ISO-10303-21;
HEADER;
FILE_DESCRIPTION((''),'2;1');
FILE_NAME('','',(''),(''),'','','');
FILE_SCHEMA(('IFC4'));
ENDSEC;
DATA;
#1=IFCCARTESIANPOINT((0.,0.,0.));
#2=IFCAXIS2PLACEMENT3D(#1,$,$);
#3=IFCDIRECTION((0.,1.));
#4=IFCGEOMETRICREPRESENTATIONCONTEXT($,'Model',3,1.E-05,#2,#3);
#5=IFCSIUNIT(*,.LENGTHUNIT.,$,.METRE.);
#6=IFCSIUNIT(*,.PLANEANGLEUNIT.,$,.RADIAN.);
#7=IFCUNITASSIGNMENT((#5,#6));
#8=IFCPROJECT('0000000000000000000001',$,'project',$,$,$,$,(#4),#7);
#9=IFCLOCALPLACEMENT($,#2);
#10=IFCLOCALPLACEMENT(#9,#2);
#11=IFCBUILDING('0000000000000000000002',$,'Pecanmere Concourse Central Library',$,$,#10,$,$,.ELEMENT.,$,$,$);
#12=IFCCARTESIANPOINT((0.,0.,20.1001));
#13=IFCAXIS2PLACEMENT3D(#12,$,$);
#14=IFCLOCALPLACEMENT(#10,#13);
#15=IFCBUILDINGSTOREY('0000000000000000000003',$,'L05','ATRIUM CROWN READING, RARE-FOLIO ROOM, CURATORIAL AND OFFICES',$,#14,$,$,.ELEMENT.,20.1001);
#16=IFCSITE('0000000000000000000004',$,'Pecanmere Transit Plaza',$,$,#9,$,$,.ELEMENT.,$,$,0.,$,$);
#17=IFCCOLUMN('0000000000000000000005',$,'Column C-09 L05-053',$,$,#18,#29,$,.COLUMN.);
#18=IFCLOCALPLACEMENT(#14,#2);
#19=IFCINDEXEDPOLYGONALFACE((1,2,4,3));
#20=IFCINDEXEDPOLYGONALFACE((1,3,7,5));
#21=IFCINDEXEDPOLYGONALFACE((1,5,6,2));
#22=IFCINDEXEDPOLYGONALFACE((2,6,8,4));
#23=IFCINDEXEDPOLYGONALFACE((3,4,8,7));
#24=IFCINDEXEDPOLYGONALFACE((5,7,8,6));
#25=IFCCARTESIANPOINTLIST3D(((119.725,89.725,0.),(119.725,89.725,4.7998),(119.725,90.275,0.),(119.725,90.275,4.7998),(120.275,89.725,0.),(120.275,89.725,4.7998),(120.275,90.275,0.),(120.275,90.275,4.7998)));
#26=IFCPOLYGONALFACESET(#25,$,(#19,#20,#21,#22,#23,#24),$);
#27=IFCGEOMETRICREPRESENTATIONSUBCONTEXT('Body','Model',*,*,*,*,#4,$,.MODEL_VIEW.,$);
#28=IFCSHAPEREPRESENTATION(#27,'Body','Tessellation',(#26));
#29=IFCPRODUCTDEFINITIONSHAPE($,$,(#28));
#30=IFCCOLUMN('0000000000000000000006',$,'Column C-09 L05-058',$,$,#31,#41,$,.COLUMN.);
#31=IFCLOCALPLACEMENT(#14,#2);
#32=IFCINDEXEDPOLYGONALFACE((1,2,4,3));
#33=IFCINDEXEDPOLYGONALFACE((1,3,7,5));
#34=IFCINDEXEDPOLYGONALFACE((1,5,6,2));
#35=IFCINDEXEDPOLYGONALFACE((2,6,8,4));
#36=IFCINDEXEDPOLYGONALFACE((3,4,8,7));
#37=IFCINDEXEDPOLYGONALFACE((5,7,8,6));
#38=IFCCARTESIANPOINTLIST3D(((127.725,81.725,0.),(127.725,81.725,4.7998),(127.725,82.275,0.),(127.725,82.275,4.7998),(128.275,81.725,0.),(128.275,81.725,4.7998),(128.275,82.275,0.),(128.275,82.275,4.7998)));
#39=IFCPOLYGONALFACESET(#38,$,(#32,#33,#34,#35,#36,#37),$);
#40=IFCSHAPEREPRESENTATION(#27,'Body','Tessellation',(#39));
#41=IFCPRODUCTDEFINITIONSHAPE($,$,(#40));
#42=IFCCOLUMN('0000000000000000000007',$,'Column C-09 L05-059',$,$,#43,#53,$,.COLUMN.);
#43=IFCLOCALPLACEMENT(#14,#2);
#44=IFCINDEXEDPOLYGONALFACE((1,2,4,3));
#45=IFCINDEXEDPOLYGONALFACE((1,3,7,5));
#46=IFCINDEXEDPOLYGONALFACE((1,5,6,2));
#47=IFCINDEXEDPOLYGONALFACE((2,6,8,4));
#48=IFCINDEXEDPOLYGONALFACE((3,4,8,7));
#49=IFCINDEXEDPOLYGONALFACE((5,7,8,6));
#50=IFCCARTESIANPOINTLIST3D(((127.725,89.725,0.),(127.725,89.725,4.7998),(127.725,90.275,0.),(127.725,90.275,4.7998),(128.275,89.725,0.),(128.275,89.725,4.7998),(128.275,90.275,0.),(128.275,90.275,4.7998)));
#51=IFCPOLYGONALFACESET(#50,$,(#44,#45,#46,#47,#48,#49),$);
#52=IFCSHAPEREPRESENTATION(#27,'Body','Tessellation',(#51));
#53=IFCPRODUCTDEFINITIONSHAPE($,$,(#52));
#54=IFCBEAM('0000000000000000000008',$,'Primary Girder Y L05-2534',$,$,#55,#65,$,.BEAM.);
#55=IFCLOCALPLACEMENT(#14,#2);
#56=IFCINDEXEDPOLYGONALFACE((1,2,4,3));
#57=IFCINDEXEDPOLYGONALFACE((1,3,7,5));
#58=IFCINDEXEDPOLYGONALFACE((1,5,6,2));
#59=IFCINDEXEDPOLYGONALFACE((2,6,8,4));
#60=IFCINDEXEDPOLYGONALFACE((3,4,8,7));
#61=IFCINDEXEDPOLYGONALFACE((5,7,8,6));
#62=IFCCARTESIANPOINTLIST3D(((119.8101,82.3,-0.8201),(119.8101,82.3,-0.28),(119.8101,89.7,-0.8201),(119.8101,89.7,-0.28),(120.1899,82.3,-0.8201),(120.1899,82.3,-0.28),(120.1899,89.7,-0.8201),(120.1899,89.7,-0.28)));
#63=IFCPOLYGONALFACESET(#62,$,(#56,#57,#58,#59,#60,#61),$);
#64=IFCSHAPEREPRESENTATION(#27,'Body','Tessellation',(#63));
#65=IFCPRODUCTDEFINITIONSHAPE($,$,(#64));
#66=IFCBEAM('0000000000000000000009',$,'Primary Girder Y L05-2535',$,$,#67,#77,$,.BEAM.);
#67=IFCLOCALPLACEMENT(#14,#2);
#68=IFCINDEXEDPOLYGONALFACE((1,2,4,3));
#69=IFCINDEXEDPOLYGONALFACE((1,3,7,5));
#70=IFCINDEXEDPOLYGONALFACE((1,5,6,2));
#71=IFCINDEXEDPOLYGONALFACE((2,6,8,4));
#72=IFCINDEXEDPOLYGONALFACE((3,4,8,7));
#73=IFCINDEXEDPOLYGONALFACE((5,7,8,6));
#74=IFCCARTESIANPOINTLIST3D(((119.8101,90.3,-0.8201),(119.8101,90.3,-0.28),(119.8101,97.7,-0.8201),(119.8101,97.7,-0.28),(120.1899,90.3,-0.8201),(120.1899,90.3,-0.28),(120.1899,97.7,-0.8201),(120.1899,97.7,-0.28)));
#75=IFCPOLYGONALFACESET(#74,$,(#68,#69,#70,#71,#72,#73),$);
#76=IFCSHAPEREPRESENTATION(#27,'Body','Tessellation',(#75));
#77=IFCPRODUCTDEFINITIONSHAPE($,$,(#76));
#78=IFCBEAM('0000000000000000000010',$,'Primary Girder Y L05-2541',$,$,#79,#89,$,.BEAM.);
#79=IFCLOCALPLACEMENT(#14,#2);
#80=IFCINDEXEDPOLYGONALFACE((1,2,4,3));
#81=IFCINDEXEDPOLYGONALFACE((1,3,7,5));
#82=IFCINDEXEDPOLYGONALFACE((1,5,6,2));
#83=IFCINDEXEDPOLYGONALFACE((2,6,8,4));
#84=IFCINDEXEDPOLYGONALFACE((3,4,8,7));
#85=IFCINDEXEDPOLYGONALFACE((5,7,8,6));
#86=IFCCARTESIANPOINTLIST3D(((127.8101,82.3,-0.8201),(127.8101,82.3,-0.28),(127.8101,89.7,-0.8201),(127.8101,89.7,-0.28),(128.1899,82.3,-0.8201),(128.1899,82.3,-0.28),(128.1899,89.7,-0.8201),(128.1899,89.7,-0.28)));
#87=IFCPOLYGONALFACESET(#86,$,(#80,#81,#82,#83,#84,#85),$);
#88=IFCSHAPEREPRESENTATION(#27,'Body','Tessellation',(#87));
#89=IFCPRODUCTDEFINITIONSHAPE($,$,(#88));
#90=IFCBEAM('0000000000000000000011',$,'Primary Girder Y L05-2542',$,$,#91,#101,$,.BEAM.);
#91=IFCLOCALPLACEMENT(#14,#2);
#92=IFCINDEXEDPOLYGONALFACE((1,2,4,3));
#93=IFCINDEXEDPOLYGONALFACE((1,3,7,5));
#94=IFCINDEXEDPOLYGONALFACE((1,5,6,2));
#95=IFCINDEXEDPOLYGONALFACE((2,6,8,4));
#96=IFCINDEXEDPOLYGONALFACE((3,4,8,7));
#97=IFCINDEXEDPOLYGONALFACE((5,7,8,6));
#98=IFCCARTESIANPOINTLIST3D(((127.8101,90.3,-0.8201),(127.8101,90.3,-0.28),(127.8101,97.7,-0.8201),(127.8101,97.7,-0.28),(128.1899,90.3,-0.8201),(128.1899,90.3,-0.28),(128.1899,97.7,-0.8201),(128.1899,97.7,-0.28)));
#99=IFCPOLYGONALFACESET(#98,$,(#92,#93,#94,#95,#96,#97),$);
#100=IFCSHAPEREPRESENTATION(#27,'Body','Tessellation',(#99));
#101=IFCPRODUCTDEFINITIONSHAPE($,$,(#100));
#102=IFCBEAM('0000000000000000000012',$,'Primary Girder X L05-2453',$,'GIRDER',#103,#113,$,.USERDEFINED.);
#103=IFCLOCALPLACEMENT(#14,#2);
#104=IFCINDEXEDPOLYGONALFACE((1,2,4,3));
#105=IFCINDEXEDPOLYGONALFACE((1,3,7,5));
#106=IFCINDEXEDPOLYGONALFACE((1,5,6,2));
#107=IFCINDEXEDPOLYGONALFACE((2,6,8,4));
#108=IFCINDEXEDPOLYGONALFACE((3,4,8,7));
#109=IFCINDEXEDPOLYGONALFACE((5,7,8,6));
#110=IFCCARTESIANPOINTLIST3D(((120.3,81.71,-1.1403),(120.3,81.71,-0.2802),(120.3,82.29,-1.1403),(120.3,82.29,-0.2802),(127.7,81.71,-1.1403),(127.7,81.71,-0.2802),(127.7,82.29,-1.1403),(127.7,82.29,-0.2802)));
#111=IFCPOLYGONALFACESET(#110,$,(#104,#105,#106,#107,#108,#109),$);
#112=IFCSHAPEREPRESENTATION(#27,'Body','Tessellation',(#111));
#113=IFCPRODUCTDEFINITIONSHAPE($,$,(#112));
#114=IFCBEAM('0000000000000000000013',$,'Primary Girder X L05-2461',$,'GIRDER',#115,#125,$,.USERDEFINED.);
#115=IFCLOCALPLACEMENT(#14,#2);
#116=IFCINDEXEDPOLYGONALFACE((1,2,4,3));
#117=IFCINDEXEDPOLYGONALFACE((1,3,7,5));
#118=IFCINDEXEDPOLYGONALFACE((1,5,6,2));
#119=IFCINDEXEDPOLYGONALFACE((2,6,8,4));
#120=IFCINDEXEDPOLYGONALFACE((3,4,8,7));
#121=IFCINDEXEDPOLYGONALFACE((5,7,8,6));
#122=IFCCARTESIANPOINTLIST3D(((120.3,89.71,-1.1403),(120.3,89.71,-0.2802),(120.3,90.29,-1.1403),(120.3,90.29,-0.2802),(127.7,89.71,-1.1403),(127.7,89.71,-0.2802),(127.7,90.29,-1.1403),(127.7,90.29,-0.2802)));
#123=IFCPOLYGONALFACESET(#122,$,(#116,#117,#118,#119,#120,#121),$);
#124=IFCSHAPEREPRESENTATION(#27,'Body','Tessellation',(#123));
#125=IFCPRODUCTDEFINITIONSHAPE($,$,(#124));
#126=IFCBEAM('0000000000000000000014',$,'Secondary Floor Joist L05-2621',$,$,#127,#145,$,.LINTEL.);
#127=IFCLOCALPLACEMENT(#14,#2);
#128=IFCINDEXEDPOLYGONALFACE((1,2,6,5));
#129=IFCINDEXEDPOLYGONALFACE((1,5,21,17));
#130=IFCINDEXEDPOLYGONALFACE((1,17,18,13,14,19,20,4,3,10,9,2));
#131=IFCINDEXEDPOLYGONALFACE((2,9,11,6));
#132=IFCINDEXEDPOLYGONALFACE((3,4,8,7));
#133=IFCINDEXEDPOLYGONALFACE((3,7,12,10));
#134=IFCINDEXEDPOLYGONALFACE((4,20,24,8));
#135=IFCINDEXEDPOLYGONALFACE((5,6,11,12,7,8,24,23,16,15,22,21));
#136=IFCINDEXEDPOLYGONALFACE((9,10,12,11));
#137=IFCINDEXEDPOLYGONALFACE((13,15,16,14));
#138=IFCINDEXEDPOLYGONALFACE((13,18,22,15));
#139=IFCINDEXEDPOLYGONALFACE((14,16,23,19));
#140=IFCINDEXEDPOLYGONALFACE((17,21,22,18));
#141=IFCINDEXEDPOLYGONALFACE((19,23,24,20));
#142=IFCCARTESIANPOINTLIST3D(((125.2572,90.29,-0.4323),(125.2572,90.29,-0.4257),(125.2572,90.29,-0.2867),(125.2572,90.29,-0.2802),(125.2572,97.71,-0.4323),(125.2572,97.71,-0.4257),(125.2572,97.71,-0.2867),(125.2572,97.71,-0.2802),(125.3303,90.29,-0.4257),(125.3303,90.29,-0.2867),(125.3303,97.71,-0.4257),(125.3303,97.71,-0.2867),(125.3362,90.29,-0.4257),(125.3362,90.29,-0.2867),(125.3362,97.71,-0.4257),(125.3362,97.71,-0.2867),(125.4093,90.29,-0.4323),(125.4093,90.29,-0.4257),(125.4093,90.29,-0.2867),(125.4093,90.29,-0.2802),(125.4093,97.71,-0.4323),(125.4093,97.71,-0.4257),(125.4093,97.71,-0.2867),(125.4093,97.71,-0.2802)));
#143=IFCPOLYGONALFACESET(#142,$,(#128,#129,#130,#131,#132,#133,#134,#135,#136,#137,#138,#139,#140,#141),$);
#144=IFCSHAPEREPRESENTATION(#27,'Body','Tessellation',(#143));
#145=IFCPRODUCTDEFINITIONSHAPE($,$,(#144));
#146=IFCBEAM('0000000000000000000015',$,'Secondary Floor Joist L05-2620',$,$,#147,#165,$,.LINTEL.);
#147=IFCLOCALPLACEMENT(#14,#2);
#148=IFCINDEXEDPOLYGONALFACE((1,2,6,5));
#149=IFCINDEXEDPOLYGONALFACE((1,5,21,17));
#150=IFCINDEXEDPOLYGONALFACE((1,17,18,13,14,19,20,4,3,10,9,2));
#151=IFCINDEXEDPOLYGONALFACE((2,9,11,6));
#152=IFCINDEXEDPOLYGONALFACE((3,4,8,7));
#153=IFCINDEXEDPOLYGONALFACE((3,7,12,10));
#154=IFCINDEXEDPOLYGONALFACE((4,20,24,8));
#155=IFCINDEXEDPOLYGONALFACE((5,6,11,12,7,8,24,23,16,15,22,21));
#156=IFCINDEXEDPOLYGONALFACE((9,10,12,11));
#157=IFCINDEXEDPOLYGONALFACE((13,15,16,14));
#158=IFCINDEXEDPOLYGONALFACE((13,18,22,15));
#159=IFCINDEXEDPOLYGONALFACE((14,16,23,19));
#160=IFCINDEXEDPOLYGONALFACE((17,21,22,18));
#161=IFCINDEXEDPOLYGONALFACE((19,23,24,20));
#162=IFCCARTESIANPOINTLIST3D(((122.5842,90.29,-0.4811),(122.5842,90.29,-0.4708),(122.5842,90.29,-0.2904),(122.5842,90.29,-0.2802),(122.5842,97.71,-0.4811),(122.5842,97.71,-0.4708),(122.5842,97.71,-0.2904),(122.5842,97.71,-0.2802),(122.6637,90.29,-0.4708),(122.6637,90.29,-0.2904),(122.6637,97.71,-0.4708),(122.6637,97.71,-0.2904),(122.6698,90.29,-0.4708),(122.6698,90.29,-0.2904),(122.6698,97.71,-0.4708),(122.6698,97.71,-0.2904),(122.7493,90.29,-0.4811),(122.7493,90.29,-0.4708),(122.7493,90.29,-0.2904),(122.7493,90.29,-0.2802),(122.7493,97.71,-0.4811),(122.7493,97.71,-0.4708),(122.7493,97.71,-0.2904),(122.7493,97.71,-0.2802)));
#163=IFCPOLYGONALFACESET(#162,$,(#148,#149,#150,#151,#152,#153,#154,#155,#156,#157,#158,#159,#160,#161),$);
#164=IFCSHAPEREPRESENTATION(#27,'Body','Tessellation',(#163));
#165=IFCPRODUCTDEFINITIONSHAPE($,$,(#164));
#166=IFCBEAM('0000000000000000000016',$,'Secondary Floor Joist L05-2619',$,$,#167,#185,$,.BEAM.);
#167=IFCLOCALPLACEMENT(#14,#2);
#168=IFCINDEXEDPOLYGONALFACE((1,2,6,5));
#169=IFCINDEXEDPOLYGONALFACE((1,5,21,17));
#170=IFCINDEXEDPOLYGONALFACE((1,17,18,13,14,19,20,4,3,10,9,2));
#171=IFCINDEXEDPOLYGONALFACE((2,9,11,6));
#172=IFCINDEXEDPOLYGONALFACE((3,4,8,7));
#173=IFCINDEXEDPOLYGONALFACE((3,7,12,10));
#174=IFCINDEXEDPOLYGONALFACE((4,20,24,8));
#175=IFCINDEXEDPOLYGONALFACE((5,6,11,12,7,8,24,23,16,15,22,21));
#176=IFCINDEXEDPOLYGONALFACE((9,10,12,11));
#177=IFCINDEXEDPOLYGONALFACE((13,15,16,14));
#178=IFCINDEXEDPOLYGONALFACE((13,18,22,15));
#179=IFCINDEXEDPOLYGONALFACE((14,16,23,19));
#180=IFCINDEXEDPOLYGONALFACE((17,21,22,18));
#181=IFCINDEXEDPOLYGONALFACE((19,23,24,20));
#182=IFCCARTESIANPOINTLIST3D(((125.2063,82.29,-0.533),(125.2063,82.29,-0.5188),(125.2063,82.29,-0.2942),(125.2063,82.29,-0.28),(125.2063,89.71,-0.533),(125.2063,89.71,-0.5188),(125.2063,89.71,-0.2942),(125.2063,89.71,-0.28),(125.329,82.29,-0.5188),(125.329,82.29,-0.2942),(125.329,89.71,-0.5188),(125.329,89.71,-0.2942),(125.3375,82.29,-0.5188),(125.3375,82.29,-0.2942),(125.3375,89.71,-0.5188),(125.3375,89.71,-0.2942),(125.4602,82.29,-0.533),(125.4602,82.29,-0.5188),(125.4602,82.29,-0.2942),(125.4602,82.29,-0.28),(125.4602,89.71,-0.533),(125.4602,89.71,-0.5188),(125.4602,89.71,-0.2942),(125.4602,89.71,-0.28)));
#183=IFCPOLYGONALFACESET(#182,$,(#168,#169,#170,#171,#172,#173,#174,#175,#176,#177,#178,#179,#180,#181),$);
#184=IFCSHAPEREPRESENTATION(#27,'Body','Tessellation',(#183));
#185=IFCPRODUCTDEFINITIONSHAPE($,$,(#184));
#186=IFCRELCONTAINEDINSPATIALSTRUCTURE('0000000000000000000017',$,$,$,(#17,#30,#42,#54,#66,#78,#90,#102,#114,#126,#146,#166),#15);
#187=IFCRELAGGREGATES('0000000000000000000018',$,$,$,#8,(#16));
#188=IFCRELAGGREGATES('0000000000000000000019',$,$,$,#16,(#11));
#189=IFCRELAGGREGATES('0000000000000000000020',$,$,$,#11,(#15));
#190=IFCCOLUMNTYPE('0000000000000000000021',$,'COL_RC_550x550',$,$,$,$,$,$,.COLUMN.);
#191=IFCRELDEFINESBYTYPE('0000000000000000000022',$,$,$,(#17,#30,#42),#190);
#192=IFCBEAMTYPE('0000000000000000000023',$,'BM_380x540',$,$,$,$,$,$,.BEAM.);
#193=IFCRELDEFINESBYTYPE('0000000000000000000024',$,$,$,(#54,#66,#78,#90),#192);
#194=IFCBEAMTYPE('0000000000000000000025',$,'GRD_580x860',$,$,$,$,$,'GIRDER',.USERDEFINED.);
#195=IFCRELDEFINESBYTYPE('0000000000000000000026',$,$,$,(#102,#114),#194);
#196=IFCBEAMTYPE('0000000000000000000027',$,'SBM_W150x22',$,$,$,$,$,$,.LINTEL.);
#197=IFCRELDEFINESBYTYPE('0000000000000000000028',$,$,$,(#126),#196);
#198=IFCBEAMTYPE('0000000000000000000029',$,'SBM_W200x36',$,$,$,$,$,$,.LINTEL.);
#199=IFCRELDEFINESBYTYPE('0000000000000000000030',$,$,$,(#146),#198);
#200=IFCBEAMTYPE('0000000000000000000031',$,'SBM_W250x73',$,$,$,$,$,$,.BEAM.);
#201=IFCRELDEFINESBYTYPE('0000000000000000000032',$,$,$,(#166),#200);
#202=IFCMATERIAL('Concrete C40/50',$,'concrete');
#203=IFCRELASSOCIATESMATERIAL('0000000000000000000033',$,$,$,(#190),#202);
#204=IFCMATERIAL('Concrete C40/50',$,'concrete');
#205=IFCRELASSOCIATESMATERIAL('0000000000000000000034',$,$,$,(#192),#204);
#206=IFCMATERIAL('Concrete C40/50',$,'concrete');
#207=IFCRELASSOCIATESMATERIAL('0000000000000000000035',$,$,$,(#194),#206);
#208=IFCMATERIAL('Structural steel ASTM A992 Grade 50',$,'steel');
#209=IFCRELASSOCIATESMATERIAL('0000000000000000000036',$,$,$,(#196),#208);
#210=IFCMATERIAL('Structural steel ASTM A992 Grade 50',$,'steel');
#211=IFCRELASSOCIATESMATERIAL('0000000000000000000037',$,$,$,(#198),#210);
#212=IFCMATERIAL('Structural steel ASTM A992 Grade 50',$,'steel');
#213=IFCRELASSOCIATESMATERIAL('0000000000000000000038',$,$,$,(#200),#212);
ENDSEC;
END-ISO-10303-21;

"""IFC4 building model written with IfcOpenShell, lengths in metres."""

from ifc_helpers import new_model, si_unit, direction, frame, origin, origin_2d, place, context, subcontext, project, spatial, rectangle, i_section, extrude, material, material_profile, profile_set, type_object, element, save


model = new_model("IFC4")

# Units and contexts
model_context = context("Model", 3, precision=1e-05, world=origin(), true_north=direction((0.0, 1.0)))
body_context = subcontext(model_context, "Body", "Model", "MODEL_VIEW")
ifc_project = project(units=[si_unit("LENGTHUNIT", "METRE"), si_unit("PLANEANGLEUNIT", "RADIAN")], contexts=[model_context])

# Site, building, storey
site_placement = place(None, origin())
site = spatial("IfcSite", under=ifc_project, at=site_placement, Name="Pecanmere Transit Plaza", CompositionType="ELEMENT", RefElevation=0.0)
building_placement = place(site_placement, origin())
building = spatial("IfcBuilding", under=site, at=building_placement, Name="Pecanmere Concourse Central Library", CompositionType="ELEMENT")
storey_placement = place(building_placement, frame((0.0, 0.0, 20.1001)))
storey = spatial("IfcBuildingStorey", under=building, at=storey_placement, Name="L05", Description="ATRIUM CROWN READING, RARE-FOLIO ROOM, CURATORIAL AND OFFICES", CompositionType="ELEMENT", Elevation=20.1001)

# Columns
ifc_material_1 = material(Name="Concrete C40/50", Category="concrete")
ifc_material_profile_1 = material_profile(ifc_material_1, rectangle(XDim=0.55, YDim=0.55, at=origin_2d()), Name="RC 550x550")
ifc_profile_set_1 = profile_set([ifc_material_profile_1], Name="Concrete C40/50")
column_type = type_object("IfcColumnType", Name="COL_RC_550x550", PredefinedType="COLUMN", material=ifc_profile_set_1)
for number, where, z_axis, x_axis, name in (
    (1, (120.0, 90.0, 0.0), (0.0, 0.0, 1.0), (1.0, 0.0, 0.0), "Column C-09 L05-053"),
    (2, (128.0, 82.0, 0.0), (0.0, 0.0, 1.0), (1.0, 0.0, 0.0), "Column C-09 L05-058"),
    (3, (128.0, 90.0, 0.0), (0.0, 0.0, 1.0), (1.0, 0.0, 0.0), "Column C-09 L05-059"),
):
    element("IfcColumn", number, at=place(storey_placement, frame(where, z_axis=z_axis, x_axis=x_axis)), inside=storey, type_object=column_type, Name=name, PredefinedType="COLUMN", context=body_context, shape_type="SweptSolid", body=[
        extrude(rectangle(XDim=0.55, YDim=0.55, at=origin_2d()), origin(), (0.0, 0.0, 1.0), 4.7998),
    ])

# Beams
ifc_material_2 = material(Name="Concrete C40/50", Category="concrete")
ifc_material_profile_2 = material_profile(ifc_material_2, rectangle(XDim=0.3799, YDim=0.54, at=origin_2d()), Name="RC 380x540")
ifc_profile_set_2 = profile_set([ifc_material_profile_2], Name="Concrete C40/50")
beam_type_1 = type_object("IfcBeamType", Name="BM_380x540", PredefinedType="BEAM", material=ifc_profile_set_2)
for number, where, z_axis, x_axis, name in (
    (4, (120.0, 82.3, -0.55), (0.0, 1.0, 0.0), (-1.0, 0.0, 0.0), "Primary Girder Y L05-2534"),
    (5, (120.0, 90.3, -0.55), (0.0, 1.0, 0.0), (-1.0, 0.0, 0.0), "Primary Girder Y L05-2535"),
    (6, (128.0, 82.3, -0.55), (0.0, 1.0, 0.0), (-1.0, 0.0, 0.0), "Primary Girder Y L05-2541"),
    (7, (128.0, 90.3, -0.55), (0.0, 1.0, 0.0), (-1.0, 0.0, 0.0), "Primary Girder Y L05-2542"),
):
    element("IfcBeam", number, at=place(storey_placement, frame(where, z_axis=z_axis, x_axis=x_axis)), inside=storey, type_object=beam_type_1, Name=name, PredefinedType="BEAM", context=body_context, shape_type="SweptSolid", body=[
        extrude(rectangle(XDim=0.3799, YDim=0.54, at=origin_2d()), origin(), (0.0, 0.0, 1.0), 7.3999),
    ])
ifc_material_3 = material(Name="Concrete C40/50", Category="concrete")
ifc_material_profile_3 = material_profile(ifc_material_3, rectangle(XDim=0.5801, YDim=0.8601, at=origin_2d()), Name="RC 580x860")
ifc_profile_set_3 = profile_set([ifc_material_profile_3], Name="Concrete C40/50")
beam_type_2 = type_object("IfcBeamType", Name="GRD_580x860", ElementType="GIRDER", PredefinedType="USERDEFINED", material=ifc_profile_set_3)
for number, where, z_axis, x_axis, name in (
    (8, (120.3, 82.0, -0.7102), (1.0, 0.0, 0.0), (0.0, 1.0, 0.0), "Primary Girder X L05-2453"),
    (9, (120.3, 90.0, -0.7102), (1.0, 0.0, 0.0), (0.0, 1.0, 0.0), "Primary Girder X L05-2461"),
):
    element("IfcBeam", number, at=place(storey_placement, frame(where, z_axis=z_axis, x_axis=x_axis)), inside=storey, type_object=beam_type_2, Name=name, ObjectType="GIRDER", PredefinedType="USERDEFINED", context=body_context, shape_type="SweptSolid", body=[
        extrude(rectangle(XDim=0.5801, YDim=0.8601, at=origin_2d()), origin(), (0.0, 0.0, 1.0), 7.3999),
    ])
ifc_material_4 = material(Name="Structural steel ASTM A992 Grade 50", Category="steel")
ifc_material_profile_4 = material_profile(ifc_material_4, i_section(OverallWidth=0.1521, OverallDepth=0.1521, WebThickness=0.0059, FlangeThickness=0.0066, at=origin_2d()), Name="W150x22.5")
ifc_profile_set_4 = profile_set([ifc_material_profile_4], Name="Structural steel ASTM A992 Grade 50")
beam_type_3 = type_object("IfcBeamType", Name="SBM_W150x22", PredefinedType="LINTEL", material=ifc_profile_set_4)
beam_1_placement = place(storey_placement, frame((125.3333, 90.29, -0.3562), z_axis=(0.0, 1.0, 0.0), x_axis=(-1.0, 0.0, 0.0)))
element("IfcBeam", 10, at=beam_1_placement, inside=storey, type_object=beam_type_3, Name="Secondary Floor Joist L05-2621", PredefinedType="LINTEL", context=body_context, shape_type="SweptSolid", body=[
    extrude(i_section(OverallWidth=0.1521, OverallDepth=0.1521, WebThickness=0.0059, FlangeThickness=0.0066, at=origin_2d()), origin(), (0.0, 0.0, 1.0), 7.4199),
])
ifc_material_5 = material(Name="Structural steel ASTM A992 Grade 50", Category="steel")
ifc_material_profile_5 = material_profile(ifc_material_5, i_section(OverallWidth=0.165, OverallDepth=0.2009, WebThickness=0.0061, FlangeThickness=0.0103, at=origin_2d()), Name="W200x35.9")
ifc_profile_set_5 = profile_set([ifc_material_profile_5], Name="Structural steel ASTM A992 Grade 50")
beam_type_4 = type_object("IfcBeamType", Name="SBM_W200x36", PredefinedType="LINTEL", material=ifc_profile_set_5)
beam_2_placement = place(storey_placement, frame((122.6667, 90.29, -0.3806), z_axis=(0.0, 1.0, 0.0), x_axis=(-1.0, 0.0, 0.0)))
element("IfcBeam", 11, at=beam_2_placement, inside=storey, type_object=beam_type_4, Name="Secondary Floor Joist L05-2620", PredefinedType="LINTEL", context=body_context, shape_type="SweptSolid", body=[
    extrude(i_section(OverallWidth=0.165, OverallDepth=0.2009, WebThickness=0.0061, FlangeThickness=0.0103, at=origin_2d()), origin(), (0.0, 0.0, 1.0), 7.4199),
])
ifc_material_6 = material(Name="Structural steel ASTM A992 Grade 50", Category="steel")
ifc_material_profile_6 = material_profile(ifc_material_6, i_section(OverallWidth=0.2539, OverallDepth=0.2529, WebThickness=0.0085, FlangeThickness=0.0142, at=origin_2d()), Name="W250x73")
ifc_profile_set_6 = profile_set([ifc_material_profile_6], Name="Structural steel ASTM A992 Grade 50")
beam_type_5 = type_object("IfcBeamType", Name="SBM_W250x73", PredefinedType="BEAM", material=ifc_profile_set_6)
beam_3_placement = place(storey_placement, frame((125.3333, 82.29, -0.4065), z_axis=(0.0, 1.0, 0.0), x_axis=(-1.0, 0.0, 0.0)))
element("IfcBeam", 12, at=beam_3_placement, inside=storey, type_object=beam_type_5, Name="Secondary Floor Joist L05-2619", PredefinedType="BEAM", context=body_context, shape_type="SweptSolid", body=[
    extrude(i_section(OverallWidth=0.2539, OverallDepth=0.2529, WebThickness=0.0085, FlangeThickness=0.0142, at=origin_2d()), origin(), (0.0, 0.0, 1.0), 7.4199),
])

save(model, "model.ifc")
